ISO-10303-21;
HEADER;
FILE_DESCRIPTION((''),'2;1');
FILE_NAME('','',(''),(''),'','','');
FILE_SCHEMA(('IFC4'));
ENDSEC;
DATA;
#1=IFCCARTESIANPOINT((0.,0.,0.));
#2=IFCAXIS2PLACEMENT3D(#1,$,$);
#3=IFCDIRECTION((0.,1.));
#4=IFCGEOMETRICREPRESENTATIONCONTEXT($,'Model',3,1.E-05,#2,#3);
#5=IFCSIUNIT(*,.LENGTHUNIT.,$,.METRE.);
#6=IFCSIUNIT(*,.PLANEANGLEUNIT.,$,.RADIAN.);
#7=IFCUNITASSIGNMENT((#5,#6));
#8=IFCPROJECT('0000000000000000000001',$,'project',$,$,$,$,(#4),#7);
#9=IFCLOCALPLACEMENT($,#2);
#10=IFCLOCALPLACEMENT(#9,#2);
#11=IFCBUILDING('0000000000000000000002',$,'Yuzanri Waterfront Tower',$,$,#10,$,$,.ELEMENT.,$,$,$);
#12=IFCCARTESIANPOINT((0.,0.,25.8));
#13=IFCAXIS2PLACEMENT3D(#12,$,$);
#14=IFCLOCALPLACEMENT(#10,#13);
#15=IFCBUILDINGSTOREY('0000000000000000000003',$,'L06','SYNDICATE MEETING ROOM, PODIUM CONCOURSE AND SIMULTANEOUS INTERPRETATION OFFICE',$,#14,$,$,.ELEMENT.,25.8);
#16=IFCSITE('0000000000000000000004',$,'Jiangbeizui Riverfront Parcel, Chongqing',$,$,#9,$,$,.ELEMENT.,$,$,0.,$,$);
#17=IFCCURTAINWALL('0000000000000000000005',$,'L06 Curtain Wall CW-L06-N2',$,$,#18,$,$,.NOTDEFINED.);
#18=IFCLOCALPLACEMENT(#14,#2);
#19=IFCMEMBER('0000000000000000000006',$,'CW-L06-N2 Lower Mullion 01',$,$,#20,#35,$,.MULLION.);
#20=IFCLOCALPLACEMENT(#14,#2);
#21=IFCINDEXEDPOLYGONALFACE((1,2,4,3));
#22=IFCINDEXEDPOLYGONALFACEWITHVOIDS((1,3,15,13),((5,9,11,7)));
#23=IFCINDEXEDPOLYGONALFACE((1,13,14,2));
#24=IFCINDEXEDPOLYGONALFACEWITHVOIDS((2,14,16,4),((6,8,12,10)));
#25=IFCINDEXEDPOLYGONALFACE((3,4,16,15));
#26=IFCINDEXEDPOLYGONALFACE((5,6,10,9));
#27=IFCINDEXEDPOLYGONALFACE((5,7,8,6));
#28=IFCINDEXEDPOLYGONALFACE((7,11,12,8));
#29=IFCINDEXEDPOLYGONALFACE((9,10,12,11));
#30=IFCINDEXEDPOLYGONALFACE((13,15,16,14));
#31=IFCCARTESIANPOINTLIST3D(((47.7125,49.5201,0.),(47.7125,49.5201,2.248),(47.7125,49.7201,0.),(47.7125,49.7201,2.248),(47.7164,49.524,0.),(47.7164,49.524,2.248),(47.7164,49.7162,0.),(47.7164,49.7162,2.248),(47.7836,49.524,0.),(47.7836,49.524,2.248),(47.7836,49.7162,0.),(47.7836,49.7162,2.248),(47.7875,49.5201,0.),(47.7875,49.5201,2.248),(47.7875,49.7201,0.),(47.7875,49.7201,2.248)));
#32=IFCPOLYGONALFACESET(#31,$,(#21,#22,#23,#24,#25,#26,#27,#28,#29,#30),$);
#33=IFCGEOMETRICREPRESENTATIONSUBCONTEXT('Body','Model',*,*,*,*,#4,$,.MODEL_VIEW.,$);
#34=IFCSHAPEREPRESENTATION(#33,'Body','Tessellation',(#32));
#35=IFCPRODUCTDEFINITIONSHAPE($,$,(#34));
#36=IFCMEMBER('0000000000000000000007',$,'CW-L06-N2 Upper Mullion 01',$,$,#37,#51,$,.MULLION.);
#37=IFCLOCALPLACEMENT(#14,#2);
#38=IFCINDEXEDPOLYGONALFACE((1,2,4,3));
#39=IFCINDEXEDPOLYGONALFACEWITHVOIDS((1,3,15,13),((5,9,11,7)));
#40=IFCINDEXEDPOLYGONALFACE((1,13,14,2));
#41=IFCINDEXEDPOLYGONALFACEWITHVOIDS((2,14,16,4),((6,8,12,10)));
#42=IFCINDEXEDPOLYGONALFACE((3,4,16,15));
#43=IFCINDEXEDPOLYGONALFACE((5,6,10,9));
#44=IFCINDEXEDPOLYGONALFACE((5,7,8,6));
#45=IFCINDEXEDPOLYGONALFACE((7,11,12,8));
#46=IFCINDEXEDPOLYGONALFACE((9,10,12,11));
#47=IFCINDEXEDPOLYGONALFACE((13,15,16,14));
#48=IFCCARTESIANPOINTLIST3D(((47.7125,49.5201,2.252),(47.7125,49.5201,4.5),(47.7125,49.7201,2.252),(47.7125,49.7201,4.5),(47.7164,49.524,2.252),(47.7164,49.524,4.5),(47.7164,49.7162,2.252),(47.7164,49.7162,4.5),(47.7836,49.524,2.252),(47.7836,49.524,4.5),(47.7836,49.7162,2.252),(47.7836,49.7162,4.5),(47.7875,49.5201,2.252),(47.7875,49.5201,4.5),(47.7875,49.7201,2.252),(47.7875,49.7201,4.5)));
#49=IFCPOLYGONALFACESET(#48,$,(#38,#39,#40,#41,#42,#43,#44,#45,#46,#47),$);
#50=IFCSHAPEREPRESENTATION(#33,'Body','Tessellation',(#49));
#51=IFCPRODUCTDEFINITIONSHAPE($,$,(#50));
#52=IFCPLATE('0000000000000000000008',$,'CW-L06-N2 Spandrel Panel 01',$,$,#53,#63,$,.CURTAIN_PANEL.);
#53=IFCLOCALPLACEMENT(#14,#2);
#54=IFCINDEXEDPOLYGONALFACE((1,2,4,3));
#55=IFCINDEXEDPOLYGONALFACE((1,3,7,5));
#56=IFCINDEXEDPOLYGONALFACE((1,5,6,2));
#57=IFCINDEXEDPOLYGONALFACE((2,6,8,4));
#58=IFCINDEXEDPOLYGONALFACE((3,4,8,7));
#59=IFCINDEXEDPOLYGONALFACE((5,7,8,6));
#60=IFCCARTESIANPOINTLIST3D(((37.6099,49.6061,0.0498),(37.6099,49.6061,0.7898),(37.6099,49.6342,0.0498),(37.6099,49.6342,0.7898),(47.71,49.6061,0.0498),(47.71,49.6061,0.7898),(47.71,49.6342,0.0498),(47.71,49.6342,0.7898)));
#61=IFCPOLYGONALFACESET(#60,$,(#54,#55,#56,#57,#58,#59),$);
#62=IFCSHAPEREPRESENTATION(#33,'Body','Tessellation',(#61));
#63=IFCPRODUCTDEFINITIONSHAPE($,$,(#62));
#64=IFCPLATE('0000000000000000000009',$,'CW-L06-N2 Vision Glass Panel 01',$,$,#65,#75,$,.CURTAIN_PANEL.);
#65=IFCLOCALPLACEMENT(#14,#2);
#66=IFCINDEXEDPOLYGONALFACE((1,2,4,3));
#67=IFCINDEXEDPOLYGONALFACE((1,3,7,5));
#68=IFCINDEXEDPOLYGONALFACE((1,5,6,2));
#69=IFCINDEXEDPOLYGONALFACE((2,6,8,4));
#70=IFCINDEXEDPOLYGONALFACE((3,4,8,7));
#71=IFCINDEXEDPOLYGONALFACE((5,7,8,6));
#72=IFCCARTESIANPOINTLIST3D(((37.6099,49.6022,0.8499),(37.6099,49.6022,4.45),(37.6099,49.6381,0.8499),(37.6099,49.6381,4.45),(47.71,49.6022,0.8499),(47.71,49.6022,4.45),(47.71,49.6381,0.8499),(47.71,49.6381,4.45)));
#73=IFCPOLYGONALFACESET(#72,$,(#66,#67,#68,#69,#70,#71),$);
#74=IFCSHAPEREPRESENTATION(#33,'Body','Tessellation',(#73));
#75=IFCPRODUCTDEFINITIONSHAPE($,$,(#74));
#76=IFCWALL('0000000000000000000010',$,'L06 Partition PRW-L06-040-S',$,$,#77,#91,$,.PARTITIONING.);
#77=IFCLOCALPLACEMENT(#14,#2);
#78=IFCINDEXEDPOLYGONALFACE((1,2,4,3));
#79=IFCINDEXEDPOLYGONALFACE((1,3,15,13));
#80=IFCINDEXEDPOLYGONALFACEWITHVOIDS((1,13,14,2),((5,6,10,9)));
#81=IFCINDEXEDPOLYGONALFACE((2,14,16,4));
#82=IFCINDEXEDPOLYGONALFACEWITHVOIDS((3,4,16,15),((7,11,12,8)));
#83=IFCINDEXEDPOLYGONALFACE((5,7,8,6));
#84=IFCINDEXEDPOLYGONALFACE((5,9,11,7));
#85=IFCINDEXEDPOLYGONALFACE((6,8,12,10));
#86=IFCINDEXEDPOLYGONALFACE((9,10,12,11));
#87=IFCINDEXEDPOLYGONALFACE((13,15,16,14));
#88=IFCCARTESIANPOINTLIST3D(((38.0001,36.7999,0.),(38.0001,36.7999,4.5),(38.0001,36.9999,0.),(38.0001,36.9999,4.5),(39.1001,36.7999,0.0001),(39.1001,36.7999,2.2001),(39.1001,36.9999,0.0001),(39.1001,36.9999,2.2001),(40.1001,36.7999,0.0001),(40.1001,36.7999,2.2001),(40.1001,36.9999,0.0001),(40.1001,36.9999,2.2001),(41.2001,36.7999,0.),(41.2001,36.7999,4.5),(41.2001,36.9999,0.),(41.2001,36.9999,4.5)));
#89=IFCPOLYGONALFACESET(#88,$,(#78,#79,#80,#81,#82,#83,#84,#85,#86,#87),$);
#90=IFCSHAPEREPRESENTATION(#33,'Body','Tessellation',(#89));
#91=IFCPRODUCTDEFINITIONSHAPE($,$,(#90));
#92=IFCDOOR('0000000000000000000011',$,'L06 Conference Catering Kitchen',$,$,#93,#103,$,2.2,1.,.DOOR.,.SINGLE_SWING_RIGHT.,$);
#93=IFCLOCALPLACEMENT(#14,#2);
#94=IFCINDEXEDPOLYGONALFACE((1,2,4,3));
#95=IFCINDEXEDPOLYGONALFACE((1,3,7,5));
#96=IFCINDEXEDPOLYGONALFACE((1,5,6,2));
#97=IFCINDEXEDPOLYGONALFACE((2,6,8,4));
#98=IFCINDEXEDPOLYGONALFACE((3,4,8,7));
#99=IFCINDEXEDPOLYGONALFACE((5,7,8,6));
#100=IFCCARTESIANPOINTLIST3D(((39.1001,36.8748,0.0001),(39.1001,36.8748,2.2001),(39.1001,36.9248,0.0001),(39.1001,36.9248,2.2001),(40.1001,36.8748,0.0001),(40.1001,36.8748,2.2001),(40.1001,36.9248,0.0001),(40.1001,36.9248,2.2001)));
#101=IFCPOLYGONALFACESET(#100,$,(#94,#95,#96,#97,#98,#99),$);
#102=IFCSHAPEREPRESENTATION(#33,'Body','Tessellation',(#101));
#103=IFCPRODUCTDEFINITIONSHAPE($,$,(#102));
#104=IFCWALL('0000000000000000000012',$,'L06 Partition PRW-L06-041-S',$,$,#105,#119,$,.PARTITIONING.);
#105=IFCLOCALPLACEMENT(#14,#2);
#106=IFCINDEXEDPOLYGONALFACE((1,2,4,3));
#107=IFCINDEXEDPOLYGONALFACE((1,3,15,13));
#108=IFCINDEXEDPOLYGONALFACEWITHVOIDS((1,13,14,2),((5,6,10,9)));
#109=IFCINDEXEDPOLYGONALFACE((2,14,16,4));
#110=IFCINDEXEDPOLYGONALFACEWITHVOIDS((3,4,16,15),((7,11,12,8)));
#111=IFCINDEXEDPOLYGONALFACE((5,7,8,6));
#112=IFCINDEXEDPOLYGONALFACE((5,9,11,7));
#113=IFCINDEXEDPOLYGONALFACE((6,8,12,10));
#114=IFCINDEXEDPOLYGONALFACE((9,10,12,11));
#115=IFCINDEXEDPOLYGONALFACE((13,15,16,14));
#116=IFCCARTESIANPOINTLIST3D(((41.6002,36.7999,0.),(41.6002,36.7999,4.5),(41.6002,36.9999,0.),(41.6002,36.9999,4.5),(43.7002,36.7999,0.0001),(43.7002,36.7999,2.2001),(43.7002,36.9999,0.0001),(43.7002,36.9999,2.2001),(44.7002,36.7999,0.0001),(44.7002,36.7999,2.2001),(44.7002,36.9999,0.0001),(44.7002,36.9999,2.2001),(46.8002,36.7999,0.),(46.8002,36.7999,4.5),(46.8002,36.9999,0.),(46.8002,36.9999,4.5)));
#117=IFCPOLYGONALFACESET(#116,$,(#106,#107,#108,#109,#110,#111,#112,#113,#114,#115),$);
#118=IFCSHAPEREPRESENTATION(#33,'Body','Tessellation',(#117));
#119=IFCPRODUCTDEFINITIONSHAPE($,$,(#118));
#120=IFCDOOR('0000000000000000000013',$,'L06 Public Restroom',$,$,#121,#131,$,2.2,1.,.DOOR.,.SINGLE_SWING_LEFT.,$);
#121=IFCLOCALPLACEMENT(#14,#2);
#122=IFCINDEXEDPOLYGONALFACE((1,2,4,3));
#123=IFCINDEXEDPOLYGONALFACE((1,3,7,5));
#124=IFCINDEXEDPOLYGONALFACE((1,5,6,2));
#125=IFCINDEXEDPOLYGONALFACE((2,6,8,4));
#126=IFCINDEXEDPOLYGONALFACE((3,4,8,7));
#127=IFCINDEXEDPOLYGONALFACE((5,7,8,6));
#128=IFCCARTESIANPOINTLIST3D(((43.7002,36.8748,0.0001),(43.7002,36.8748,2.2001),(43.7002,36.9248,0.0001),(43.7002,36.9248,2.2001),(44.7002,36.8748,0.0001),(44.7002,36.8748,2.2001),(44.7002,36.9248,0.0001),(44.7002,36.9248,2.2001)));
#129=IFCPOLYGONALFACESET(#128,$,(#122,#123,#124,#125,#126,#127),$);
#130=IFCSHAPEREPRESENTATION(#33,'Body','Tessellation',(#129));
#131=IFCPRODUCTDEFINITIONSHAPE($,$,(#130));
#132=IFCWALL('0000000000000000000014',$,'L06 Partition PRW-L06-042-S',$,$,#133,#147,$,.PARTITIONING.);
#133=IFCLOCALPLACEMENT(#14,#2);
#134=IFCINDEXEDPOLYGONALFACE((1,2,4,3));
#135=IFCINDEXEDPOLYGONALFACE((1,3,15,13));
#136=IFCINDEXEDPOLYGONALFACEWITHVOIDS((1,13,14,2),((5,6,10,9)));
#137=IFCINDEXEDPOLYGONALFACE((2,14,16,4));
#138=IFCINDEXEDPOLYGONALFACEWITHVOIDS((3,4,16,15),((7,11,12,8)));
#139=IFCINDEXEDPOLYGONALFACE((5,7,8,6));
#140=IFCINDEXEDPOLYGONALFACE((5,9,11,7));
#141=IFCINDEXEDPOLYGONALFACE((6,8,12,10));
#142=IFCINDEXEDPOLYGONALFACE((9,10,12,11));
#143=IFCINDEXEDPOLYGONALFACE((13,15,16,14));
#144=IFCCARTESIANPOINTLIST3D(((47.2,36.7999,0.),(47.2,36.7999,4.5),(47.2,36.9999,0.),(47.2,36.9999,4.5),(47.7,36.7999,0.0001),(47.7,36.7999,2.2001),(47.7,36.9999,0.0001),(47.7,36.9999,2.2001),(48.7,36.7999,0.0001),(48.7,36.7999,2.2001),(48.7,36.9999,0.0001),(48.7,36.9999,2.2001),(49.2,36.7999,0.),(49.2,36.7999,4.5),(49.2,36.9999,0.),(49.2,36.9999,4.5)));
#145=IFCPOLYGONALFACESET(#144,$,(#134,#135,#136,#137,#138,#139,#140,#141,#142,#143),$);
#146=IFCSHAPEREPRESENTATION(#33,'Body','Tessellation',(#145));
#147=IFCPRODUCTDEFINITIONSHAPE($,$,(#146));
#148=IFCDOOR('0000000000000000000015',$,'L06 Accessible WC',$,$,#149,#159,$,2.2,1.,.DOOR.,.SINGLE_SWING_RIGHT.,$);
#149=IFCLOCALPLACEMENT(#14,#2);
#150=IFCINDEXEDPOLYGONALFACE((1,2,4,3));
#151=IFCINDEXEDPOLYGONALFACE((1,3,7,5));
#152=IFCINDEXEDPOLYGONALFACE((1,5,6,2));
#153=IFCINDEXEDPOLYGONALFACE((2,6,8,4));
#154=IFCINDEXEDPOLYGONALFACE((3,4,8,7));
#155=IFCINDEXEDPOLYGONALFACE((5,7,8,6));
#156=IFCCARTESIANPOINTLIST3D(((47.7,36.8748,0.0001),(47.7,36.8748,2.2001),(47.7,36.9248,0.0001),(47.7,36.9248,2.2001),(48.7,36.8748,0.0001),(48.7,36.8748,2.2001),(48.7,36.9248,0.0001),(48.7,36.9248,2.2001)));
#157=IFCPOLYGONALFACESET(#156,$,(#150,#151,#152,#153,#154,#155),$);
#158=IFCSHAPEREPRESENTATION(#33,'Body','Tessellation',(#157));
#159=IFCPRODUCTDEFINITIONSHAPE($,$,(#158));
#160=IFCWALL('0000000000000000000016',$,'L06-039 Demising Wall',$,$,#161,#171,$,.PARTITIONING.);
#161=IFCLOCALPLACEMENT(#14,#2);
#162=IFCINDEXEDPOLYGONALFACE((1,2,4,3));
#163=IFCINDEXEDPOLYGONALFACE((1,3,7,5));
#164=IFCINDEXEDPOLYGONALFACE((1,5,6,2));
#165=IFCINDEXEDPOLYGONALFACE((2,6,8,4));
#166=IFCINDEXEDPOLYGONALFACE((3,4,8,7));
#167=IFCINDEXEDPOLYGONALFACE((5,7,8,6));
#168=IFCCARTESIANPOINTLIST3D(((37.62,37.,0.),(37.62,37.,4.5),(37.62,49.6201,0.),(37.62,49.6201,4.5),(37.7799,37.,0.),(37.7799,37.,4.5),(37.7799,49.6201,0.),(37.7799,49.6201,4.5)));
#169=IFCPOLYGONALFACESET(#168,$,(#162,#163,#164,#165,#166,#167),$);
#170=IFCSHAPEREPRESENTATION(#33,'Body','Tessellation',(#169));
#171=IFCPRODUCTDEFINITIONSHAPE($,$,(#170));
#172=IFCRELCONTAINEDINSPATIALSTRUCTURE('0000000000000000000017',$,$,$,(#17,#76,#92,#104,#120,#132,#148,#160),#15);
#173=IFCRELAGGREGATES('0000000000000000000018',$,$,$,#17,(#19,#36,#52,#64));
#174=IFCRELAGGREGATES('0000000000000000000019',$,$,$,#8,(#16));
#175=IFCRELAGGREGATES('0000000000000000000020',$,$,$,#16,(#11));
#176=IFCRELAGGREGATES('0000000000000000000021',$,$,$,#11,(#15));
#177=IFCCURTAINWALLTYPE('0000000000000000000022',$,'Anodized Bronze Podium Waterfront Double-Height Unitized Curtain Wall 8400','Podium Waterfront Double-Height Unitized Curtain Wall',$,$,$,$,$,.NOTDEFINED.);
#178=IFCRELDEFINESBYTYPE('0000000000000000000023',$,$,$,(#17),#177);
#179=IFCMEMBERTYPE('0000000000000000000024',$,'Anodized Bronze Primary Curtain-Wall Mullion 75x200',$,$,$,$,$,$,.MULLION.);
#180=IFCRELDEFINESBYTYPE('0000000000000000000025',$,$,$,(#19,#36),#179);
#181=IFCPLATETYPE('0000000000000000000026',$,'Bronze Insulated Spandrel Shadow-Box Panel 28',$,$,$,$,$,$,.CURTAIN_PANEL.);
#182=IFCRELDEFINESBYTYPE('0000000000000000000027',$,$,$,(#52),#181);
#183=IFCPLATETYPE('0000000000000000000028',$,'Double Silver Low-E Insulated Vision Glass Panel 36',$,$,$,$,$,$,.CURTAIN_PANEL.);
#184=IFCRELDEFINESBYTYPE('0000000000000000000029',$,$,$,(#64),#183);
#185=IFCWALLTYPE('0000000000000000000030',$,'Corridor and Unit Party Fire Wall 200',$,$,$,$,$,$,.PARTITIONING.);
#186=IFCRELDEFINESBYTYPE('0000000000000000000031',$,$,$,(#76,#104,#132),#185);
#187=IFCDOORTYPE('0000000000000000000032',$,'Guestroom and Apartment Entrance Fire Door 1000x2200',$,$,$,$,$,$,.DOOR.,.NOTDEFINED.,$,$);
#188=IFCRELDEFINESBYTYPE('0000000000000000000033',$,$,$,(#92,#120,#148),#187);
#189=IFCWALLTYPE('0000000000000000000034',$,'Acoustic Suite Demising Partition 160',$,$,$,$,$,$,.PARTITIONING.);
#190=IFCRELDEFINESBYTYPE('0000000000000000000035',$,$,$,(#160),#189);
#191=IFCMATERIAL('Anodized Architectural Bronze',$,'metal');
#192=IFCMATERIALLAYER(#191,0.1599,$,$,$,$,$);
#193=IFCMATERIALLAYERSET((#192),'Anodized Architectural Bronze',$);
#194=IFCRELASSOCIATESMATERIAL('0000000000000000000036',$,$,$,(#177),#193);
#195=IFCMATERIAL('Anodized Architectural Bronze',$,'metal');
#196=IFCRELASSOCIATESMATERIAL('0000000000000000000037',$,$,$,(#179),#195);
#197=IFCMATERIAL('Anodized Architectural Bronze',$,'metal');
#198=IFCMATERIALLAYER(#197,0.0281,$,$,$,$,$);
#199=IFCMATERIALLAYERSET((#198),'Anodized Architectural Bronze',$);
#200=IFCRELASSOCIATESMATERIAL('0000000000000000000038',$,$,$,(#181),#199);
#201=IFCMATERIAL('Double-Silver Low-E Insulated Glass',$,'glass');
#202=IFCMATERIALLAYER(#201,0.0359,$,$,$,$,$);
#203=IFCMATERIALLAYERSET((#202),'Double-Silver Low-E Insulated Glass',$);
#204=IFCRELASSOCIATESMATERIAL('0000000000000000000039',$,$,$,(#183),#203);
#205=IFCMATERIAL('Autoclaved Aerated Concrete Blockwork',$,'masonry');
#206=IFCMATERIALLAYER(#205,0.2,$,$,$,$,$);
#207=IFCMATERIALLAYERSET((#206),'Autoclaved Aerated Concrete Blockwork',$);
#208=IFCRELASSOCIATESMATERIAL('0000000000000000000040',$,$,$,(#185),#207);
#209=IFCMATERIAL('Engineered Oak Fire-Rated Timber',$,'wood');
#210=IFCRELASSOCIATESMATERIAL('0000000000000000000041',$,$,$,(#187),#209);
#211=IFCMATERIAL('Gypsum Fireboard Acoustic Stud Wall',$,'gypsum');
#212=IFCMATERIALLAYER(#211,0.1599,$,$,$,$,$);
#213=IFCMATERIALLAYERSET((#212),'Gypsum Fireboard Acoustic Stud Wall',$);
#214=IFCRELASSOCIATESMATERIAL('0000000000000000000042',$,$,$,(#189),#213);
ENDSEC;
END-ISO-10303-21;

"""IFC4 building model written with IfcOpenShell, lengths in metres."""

from ifc_helpers import new_model, si_unit, direction, frame, frame_2d, origin, origin_2d, place, context, subcontext, project, spatial, rectangle, hollow_rectangle, extrude, source, transform, mapped, material, layer, layer_set, material_profile, profile_set, type_object, element, fill, aggregate, save


model = new_model("IFC4")

# Units and contexts
model_context = context("Model", 3, precision=1e-05, world=origin(), true_north=direction((0.0, 1.0)))
body_context = subcontext(model_context, "Body", "Model", "MODEL_VIEW")
ifc_project = project(units=[si_unit("LENGTHUNIT", "METRE"), si_unit("PLANEANGLEUNIT", "RADIAN")], contexts=[model_context])

# Site, building, storey
site_placement = place(None, origin())
site = spatial("IfcSite", under=ifc_project, at=site_placement, Name="Jiangbeizui Riverfront Parcel, Chongqing", CompositionType="ELEMENT", RefElevation=0.0)
building_placement = place(site_placement, origin())
building = spatial("IfcBuilding", under=site, at=building_placement, Name="Yuzanri Waterfront Tower", CompositionType="ELEMENT")
storey_placement = place(building_placement, frame((0.0, 0.0, 25.8)))
storey = spatial("IfcBuildingStorey", under=building, at=storey_placement, Name="L06", Description="SYNDICATE MEETING ROOM, PODIUM CONCOURSE AND SIMULTANEOUS INTERPRETATION OFFICE", CompositionType="ELEMENT", Elevation=25.8)

# Curtain wall, members, plates
ifc_material_1 = material(Name="Anodized Architectural Bronze", Category="metal")
ifc_layer_1 = layer(ifc_material_1, 0.1599)
ifc_layer_set_1 = layer_set([ifc_layer_1], Name="Anodized Architectural Bronze")
curtain_wall_type = type_object("IfcCurtainWallType", Name="Anodized Bronze Podium Waterfront Double-Height Unitized Curtain Wall 8400", Description="Podium Waterfront Double-Height Unitized Curtain Wall", PredefinedType="NOTDEFINED", material=ifc_layer_set_1)
curtain_wall_placement = place(storey_placement, origin())
curtain_wall = element("IfcCurtainWall", 1, at=curtain_wall_placement, inside=storey, type_object=curtain_wall_type, Name="L06 Curtain Wall CW-L06-N2", PredefinedType="NOTDEFINED")
ifc_material_2 = material(Name="Anodized Architectural Bronze", Category="metal")
ifc_material_profile_1 = material_profile(ifc_material_2, hollow_rectangle(XDim=0.075, YDim=0.2, WallThickness=0.0039, at=origin_2d()), Name="CWM 75x200")
ifc_profile_set_1 = profile_set([ifc_material_profile_1], Name="Anodized Architectural Bronze")
member_type_1 = type_object("IfcMemberType", Name="Anodized Bronze Primary Curtain-Wall Mullion 75x200", PredefinedType="MULLION", material=ifc_profile_set_1)
shared_shape_1 = source(origin(), body_context, "Body", "SweptSolid", [
    extrude(hollow_rectangle(XDim=0.075, YDim=0.2, WallThickness=0.0039, at=origin_2d()), origin(), (0.0, 0.0, 1.0), 2.248),
])
member_1_placement = place(storey_placement, frame((47.75, 49.6201, 0.0), z_axis=(0.0, 0.0, 1.0), x_axis=(1.0, 0.0, 0.0)))
member_1 = element("IfcMember", 2, at=member_1_placement, type_object=member_type_1, Name="CW-L06-N2 Lower Mullion 01", PredefinedType="MULLION", context=body_context, shape_type="MappedRepresentation", body=[
    mapped(shared_shape_1, transform((0.0, 0.0, 0.0), scale=1.0)),
])
member_2_placement = place(storey_placement, frame((47.75, 49.6201, 2.252), z_axis=(0.0, 0.0, 1.0), x_axis=(1.0, 0.0, 0.0)))
member_2 = element("IfcMember", 3, at=member_2_placement, type_object=member_type_1, Name="CW-L06-N2 Upper Mullion 01", PredefinedType="MULLION", context=body_context, shape_type="MappedRepresentation", body=[
    mapped(shared_shape_1, transform((0.0, 0.0, 0.0), scale=1.0)),
])
ifc_material_3 = material(Name="Anodized Architectural Bronze", Category="metal")
ifc_layer_2 = layer(ifc_material_3, 0.0281)
ifc_layer_set_2 = layer_set([ifc_layer_2], Name="Anodized Architectural Bronze")
plate_type_1 = type_object("IfcPlateType", Name="Bronze Insulated Spandrel Shadow-Box Panel 28", PredefinedType="CURTAIN_PANEL", material=ifc_layer_set_2)
shared_shape_2 = source(origin(), body_context, "Body", "SweptSolid", [
    extrude(rectangle(XDim=10.1001, YDim=0.0281, at=origin_2d()), origin(), (0.0, 0.0, 1.0), 0.74),
])
plate_1_placement = place(storey_placement, frame((42.6599, 49.6201, 0.0498), z_axis=(0.0, 0.0, 1.0), x_axis=(1.0, 0.0, 0.0)))
plate_1 = element("IfcPlate", 4, at=plate_1_placement, type_object=plate_type_1, Name="CW-L06-N2 Spandrel Panel 01", PredefinedType="CURTAIN_PANEL", context=body_context, shape_type="MappedRepresentation", body=[
    mapped(shared_shape_2, transform((0.0, 0.0, 0.0), scale=1.0)),
])
ifc_material_4 = material(Name="Double-Silver Low-E Insulated Glass", Category="glass")
ifc_layer_3 = layer(ifc_material_4, 0.0359)
ifc_layer_set_3 = layer_set([ifc_layer_3], Name="Double-Silver Low-E Insulated Glass")
plate_type_2 = type_object("IfcPlateType", Name="Double Silver Low-E Insulated Vision Glass Panel 36", PredefinedType="CURTAIN_PANEL", material=ifc_layer_set_3)
shared_shape_3 = source(origin(), body_context, "Body", "SweptSolid", [
    extrude(rectangle(XDim=10.1001, YDim=0.0359, at=origin_2d()), origin(), (0.0, 0.0, 1.0), 3.6001),
])
plate_2_placement = place(storey_placement, frame((42.6599, 49.6201, 0.8499), z_axis=(0.0, 0.0, 1.0), x_axis=(1.0, 0.0, 0.0)))
plate_2 = element("IfcPlate", 5, at=plate_2_placement, type_object=plate_type_2, Name="CW-L06-N2 Vision Glass Panel 01", PredefinedType="CURTAIN_PANEL", context=body_context, shape_type="MappedRepresentation", body=[
    mapped(shared_shape_3, transform((0.0, 0.0, 0.0), scale=1.0)),
])
aggregate(curtain_wall, [member_1, member_2, plate_1, plate_2])

# Walls, openings, doors
ifc_material_5 = material(Name="Autoclaved Aerated Concrete Blockwork", Category="masonry")
ifc_layer_4 = layer(ifc_material_5, 0.2)
ifc_layer_set_4 = layer_set([ifc_layer_4], Name="Autoclaved Aerated Concrete Blockwork")
wall_type_1 = type_object("IfcWallType", Name="Corridor and Unit Party Fire Wall 200", PredefinedType="PARTITIONING", material=ifc_layer_set_4)
wall_1_placement = place(storey_placement, frame((38.0, 36.8999, 0.0), z_axis=(0.0, 0.0, 1.0), x_axis=(1.0, 0.0, 0.0)))
wall_1 = element("IfcWall", 6, at=wall_1_placement, inside=storey, type_object=wall_type_1, Name="L06 Partition PRW-L06-040-S", PredefinedType="PARTITIONING", context=body_context, shape_type="SweptSolid", body=[
    extrude(rectangle(XDim=3.2, YDim=0.2, at=frame_2d((1.6001, 0.0))), origin(), (0.0, 0.0, 1.0), 4.5),
])
opening_1_placement = place(wall_1_placement, frame((1.1001, 0.0, 0.0)))
opening_1 = element("IfcOpeningElement", 7, at=opening_1_placement, cuts=wall_1, PredefinedType="OPENING", context=body_context, shape_type="SweptSolid", body=[
    extrude(rectangle(XDim=1.0, YDim=2.2, at=frame_2d((0.5, 1.1001))), frame((0.0, 0.1147, 0.0), z_axis=(0.0, -1.0, 0.0), x_axis=(1.0, 0.0, 0.0)), (0.0, 0.0, 1.0), 0.2297),
])
ifc_material_6 = material(Name="Engineered Oak Fire-Rated Timber", Category="wood")
door_type = type_object("IfcDoorType", Name="Guestroom and Apartment Entrance Fire Door 1000x2200", OperationType="NOTDEFINED", PredefinedType="DOOR", material=ifc_material_6)
shared_shape_4 = source(origin(), body_context, "Body", "SweptSolid", [
    extrude(rectangle(XDim=1.0, YDim=2.2, at=frame_2d((0.5, 1.1001))), frame((0.0, 0.0249, 0.0), z_axis=(0.0, -1.0, 0.0), x_axis=(1.0, 0.0, 0.0)), (0.0, 0.0, 1.0), 0.05),
])
door_1_placement = place(opening_1_placement, origin())
door_1 = element("IfcDoor", 8, at=door_1_placement, inside=storey, type_object=door_type, Name="L06 Conference Catering Kitchen", OperationType="SINGLE_SWING_RIGHT", OverallHeight=2.2, OverallWidth=1.0, PredefinedType="DOOR", context=body_context, shape_type="MappedRepresentation", body=[
    mapped(shared_shape_4, transform((0.0, 0.0, 0.0), scale=1.0)),
])
fill(opening_1, door_1)
wall_2_placement = place(storey_placement, frame((41.6001, 36.8999, 0.0), z_axis=(0.0, 0.0, 1.0), x_axis=(1.0, 0.0, 0.0)))
wall_2 = element("IfcWall", 9, at=wall_2_placement, inside=storey, type_object=wall_type_1, Name="L06 Partition PRW-L06-041-S", PredefinedType="PARTITIONING", context=body_context, shape_type="SweptSolid", body=[
    extrude(rectangle(XDim=5.2, YDim=0.2, at=frame_2d((2.6001, 0.0))), origin(), (0.0, 0.0, 1.0), 4.5),
])
opening_2_placement = place(wall_2_placement, frame((2.1001, 0.0, 0.0)))
opening_2 = element("IfcOpeningElement", 10, at=opening_2_placement, cuts=wall_2, PredefinedType="OPENING", context=body_context, shape_type="SweptSolid", body=[
    extrude(rectangle(XDim=1.0, YDim=2.2, at=frame_2d((0.5, 1.1001))), frame((0.0, 0.1147, 0.0), z_axis=(0.0, -1.0, 0.0), x_axis=(1.0, 0.0, 0.0)), (0.0, 0.0, 1.0), 0.2297),
])
door_2_placement = place(opening_2_placement, origin())
door_2 = element("IfcDoor", 11, at=door_2_placement, inside=storey, type_object=door_type, Name="L06 Public Restroom", OperationType="SINGLE_SWING_LEFT", OverallHeight=2.2, OverallWidth=1.0, PredefinedType="DOOR", context=body_context, shape_type="MappedRepresentation", body=[
    mapped(shared_shape_4, transform((0.0, 0.0, 0.0), scale=1.0)),
])
fill(opening_2, door_2)
wall_3_placement = place(storey_placement, frame((47.2, 36.8999, 0.0), z_axis=(0.0, 0.0, 1.0), x_axis=(1.0, 0.0, 0.0)))
wall_3 = element("IfcWall", 12, at=wall_3_placement, inside=storey, type_object=wall_type_1, Name="L06 Partition PRW-L06-042-S", PredefinedType="PARTITIONING", context=body_context, shape_type="SweptSolid", body=[
    extrude(rectangle(XDim=2.0, YDim=0.2, at=frame_2d((1.0, 0.0))), origin(), (0.0, 0.0, 1.0), 4.5),
])
opening_3_placement = place(wall_3_placement, frame((0.5, 0.0, 0.0)))
opening_3 = element("IfcOpeningElement", 13, at=opening_3_placement, cuts=wall_3, PredefinedType="OPENING", context=body_context, shape_type="SweptSolid", body=[
    extrude(rectangle(XDim=1.0, YDim=2.2, at=frame_2d((0.5, 1.1001))), frame((0.0, 0.1147, 0.0), z_axis=(0.0, -1.0, 0.0), x_axis=(1.0, 0.0, 0.0)), (0.0, 0.0, 1.0), 0.2297),
])
door_3_placement = place(opening_3_placement, origin())
door_3 = element("IfcDoor", 14, at=door_3_placement, inside=storey, type_object=door_type, Name="L06 Accessible WC", OperationType="SINGLE_SWING_RIGHT", OverallHeight=2.2, OverallWidth=1.0, PredefinedType="DOOR", context=body_context, shape_type="MappedRepresentation", body=[
    mapped(shared_shape_4, transform((0.0, 0.0, 0.0), scale=1.0)),
])
fill(opening_3, door_3)

# Wall
ifc_material_7 = material(Name="Gypsum Fireboard Acoustic Stud Wall", Category="gypsum")
ifc_layer_5 = layer(ifc_material_7, 0.1599)
ifc_layer_set_5 = layer_set([ifc_layer_5], Name="Gypsum Fireboard Acoustic Stud Wall")
wall_type_2 = type_object("IfcWallType", Name="Acoustic Suite Demising Partition 160", PredefinedType="PARTITIONING", material=ifc_layer_set_5)
shared_shape_5 = source(origin(), body_context, "Body", "SweptSolid", [
    extrude(rectangle(XDim=12.6201, YDim=0.1599, at=frame_2d((6.3101, 0.0))), origin(), (0.0, 0.0, 1.0), 4.5),
])
for number, where, z_axis, x_axis, name in (
    (15, (37.7, 37.0, 0.0), (0.0, 0.0, 1.0), (0.0, 1.0, 0.0), "L06-039 Demising Wall"),
):
    element("IfcWall", number, at=place(storey_placement, frame(where, z_axis=z_axis, x_axis=x_axis)), inside=storey, type_object=wall_type_2, Name=name, PredefinedType="PARTITIONING", context=body_context, shape_type="MappedRepresentation", body=[
        mapped(shared_shape_5, transform((0.0, 0.0, 0.0), scale=1.0)),
    ])

save(model, "model.ifc")
